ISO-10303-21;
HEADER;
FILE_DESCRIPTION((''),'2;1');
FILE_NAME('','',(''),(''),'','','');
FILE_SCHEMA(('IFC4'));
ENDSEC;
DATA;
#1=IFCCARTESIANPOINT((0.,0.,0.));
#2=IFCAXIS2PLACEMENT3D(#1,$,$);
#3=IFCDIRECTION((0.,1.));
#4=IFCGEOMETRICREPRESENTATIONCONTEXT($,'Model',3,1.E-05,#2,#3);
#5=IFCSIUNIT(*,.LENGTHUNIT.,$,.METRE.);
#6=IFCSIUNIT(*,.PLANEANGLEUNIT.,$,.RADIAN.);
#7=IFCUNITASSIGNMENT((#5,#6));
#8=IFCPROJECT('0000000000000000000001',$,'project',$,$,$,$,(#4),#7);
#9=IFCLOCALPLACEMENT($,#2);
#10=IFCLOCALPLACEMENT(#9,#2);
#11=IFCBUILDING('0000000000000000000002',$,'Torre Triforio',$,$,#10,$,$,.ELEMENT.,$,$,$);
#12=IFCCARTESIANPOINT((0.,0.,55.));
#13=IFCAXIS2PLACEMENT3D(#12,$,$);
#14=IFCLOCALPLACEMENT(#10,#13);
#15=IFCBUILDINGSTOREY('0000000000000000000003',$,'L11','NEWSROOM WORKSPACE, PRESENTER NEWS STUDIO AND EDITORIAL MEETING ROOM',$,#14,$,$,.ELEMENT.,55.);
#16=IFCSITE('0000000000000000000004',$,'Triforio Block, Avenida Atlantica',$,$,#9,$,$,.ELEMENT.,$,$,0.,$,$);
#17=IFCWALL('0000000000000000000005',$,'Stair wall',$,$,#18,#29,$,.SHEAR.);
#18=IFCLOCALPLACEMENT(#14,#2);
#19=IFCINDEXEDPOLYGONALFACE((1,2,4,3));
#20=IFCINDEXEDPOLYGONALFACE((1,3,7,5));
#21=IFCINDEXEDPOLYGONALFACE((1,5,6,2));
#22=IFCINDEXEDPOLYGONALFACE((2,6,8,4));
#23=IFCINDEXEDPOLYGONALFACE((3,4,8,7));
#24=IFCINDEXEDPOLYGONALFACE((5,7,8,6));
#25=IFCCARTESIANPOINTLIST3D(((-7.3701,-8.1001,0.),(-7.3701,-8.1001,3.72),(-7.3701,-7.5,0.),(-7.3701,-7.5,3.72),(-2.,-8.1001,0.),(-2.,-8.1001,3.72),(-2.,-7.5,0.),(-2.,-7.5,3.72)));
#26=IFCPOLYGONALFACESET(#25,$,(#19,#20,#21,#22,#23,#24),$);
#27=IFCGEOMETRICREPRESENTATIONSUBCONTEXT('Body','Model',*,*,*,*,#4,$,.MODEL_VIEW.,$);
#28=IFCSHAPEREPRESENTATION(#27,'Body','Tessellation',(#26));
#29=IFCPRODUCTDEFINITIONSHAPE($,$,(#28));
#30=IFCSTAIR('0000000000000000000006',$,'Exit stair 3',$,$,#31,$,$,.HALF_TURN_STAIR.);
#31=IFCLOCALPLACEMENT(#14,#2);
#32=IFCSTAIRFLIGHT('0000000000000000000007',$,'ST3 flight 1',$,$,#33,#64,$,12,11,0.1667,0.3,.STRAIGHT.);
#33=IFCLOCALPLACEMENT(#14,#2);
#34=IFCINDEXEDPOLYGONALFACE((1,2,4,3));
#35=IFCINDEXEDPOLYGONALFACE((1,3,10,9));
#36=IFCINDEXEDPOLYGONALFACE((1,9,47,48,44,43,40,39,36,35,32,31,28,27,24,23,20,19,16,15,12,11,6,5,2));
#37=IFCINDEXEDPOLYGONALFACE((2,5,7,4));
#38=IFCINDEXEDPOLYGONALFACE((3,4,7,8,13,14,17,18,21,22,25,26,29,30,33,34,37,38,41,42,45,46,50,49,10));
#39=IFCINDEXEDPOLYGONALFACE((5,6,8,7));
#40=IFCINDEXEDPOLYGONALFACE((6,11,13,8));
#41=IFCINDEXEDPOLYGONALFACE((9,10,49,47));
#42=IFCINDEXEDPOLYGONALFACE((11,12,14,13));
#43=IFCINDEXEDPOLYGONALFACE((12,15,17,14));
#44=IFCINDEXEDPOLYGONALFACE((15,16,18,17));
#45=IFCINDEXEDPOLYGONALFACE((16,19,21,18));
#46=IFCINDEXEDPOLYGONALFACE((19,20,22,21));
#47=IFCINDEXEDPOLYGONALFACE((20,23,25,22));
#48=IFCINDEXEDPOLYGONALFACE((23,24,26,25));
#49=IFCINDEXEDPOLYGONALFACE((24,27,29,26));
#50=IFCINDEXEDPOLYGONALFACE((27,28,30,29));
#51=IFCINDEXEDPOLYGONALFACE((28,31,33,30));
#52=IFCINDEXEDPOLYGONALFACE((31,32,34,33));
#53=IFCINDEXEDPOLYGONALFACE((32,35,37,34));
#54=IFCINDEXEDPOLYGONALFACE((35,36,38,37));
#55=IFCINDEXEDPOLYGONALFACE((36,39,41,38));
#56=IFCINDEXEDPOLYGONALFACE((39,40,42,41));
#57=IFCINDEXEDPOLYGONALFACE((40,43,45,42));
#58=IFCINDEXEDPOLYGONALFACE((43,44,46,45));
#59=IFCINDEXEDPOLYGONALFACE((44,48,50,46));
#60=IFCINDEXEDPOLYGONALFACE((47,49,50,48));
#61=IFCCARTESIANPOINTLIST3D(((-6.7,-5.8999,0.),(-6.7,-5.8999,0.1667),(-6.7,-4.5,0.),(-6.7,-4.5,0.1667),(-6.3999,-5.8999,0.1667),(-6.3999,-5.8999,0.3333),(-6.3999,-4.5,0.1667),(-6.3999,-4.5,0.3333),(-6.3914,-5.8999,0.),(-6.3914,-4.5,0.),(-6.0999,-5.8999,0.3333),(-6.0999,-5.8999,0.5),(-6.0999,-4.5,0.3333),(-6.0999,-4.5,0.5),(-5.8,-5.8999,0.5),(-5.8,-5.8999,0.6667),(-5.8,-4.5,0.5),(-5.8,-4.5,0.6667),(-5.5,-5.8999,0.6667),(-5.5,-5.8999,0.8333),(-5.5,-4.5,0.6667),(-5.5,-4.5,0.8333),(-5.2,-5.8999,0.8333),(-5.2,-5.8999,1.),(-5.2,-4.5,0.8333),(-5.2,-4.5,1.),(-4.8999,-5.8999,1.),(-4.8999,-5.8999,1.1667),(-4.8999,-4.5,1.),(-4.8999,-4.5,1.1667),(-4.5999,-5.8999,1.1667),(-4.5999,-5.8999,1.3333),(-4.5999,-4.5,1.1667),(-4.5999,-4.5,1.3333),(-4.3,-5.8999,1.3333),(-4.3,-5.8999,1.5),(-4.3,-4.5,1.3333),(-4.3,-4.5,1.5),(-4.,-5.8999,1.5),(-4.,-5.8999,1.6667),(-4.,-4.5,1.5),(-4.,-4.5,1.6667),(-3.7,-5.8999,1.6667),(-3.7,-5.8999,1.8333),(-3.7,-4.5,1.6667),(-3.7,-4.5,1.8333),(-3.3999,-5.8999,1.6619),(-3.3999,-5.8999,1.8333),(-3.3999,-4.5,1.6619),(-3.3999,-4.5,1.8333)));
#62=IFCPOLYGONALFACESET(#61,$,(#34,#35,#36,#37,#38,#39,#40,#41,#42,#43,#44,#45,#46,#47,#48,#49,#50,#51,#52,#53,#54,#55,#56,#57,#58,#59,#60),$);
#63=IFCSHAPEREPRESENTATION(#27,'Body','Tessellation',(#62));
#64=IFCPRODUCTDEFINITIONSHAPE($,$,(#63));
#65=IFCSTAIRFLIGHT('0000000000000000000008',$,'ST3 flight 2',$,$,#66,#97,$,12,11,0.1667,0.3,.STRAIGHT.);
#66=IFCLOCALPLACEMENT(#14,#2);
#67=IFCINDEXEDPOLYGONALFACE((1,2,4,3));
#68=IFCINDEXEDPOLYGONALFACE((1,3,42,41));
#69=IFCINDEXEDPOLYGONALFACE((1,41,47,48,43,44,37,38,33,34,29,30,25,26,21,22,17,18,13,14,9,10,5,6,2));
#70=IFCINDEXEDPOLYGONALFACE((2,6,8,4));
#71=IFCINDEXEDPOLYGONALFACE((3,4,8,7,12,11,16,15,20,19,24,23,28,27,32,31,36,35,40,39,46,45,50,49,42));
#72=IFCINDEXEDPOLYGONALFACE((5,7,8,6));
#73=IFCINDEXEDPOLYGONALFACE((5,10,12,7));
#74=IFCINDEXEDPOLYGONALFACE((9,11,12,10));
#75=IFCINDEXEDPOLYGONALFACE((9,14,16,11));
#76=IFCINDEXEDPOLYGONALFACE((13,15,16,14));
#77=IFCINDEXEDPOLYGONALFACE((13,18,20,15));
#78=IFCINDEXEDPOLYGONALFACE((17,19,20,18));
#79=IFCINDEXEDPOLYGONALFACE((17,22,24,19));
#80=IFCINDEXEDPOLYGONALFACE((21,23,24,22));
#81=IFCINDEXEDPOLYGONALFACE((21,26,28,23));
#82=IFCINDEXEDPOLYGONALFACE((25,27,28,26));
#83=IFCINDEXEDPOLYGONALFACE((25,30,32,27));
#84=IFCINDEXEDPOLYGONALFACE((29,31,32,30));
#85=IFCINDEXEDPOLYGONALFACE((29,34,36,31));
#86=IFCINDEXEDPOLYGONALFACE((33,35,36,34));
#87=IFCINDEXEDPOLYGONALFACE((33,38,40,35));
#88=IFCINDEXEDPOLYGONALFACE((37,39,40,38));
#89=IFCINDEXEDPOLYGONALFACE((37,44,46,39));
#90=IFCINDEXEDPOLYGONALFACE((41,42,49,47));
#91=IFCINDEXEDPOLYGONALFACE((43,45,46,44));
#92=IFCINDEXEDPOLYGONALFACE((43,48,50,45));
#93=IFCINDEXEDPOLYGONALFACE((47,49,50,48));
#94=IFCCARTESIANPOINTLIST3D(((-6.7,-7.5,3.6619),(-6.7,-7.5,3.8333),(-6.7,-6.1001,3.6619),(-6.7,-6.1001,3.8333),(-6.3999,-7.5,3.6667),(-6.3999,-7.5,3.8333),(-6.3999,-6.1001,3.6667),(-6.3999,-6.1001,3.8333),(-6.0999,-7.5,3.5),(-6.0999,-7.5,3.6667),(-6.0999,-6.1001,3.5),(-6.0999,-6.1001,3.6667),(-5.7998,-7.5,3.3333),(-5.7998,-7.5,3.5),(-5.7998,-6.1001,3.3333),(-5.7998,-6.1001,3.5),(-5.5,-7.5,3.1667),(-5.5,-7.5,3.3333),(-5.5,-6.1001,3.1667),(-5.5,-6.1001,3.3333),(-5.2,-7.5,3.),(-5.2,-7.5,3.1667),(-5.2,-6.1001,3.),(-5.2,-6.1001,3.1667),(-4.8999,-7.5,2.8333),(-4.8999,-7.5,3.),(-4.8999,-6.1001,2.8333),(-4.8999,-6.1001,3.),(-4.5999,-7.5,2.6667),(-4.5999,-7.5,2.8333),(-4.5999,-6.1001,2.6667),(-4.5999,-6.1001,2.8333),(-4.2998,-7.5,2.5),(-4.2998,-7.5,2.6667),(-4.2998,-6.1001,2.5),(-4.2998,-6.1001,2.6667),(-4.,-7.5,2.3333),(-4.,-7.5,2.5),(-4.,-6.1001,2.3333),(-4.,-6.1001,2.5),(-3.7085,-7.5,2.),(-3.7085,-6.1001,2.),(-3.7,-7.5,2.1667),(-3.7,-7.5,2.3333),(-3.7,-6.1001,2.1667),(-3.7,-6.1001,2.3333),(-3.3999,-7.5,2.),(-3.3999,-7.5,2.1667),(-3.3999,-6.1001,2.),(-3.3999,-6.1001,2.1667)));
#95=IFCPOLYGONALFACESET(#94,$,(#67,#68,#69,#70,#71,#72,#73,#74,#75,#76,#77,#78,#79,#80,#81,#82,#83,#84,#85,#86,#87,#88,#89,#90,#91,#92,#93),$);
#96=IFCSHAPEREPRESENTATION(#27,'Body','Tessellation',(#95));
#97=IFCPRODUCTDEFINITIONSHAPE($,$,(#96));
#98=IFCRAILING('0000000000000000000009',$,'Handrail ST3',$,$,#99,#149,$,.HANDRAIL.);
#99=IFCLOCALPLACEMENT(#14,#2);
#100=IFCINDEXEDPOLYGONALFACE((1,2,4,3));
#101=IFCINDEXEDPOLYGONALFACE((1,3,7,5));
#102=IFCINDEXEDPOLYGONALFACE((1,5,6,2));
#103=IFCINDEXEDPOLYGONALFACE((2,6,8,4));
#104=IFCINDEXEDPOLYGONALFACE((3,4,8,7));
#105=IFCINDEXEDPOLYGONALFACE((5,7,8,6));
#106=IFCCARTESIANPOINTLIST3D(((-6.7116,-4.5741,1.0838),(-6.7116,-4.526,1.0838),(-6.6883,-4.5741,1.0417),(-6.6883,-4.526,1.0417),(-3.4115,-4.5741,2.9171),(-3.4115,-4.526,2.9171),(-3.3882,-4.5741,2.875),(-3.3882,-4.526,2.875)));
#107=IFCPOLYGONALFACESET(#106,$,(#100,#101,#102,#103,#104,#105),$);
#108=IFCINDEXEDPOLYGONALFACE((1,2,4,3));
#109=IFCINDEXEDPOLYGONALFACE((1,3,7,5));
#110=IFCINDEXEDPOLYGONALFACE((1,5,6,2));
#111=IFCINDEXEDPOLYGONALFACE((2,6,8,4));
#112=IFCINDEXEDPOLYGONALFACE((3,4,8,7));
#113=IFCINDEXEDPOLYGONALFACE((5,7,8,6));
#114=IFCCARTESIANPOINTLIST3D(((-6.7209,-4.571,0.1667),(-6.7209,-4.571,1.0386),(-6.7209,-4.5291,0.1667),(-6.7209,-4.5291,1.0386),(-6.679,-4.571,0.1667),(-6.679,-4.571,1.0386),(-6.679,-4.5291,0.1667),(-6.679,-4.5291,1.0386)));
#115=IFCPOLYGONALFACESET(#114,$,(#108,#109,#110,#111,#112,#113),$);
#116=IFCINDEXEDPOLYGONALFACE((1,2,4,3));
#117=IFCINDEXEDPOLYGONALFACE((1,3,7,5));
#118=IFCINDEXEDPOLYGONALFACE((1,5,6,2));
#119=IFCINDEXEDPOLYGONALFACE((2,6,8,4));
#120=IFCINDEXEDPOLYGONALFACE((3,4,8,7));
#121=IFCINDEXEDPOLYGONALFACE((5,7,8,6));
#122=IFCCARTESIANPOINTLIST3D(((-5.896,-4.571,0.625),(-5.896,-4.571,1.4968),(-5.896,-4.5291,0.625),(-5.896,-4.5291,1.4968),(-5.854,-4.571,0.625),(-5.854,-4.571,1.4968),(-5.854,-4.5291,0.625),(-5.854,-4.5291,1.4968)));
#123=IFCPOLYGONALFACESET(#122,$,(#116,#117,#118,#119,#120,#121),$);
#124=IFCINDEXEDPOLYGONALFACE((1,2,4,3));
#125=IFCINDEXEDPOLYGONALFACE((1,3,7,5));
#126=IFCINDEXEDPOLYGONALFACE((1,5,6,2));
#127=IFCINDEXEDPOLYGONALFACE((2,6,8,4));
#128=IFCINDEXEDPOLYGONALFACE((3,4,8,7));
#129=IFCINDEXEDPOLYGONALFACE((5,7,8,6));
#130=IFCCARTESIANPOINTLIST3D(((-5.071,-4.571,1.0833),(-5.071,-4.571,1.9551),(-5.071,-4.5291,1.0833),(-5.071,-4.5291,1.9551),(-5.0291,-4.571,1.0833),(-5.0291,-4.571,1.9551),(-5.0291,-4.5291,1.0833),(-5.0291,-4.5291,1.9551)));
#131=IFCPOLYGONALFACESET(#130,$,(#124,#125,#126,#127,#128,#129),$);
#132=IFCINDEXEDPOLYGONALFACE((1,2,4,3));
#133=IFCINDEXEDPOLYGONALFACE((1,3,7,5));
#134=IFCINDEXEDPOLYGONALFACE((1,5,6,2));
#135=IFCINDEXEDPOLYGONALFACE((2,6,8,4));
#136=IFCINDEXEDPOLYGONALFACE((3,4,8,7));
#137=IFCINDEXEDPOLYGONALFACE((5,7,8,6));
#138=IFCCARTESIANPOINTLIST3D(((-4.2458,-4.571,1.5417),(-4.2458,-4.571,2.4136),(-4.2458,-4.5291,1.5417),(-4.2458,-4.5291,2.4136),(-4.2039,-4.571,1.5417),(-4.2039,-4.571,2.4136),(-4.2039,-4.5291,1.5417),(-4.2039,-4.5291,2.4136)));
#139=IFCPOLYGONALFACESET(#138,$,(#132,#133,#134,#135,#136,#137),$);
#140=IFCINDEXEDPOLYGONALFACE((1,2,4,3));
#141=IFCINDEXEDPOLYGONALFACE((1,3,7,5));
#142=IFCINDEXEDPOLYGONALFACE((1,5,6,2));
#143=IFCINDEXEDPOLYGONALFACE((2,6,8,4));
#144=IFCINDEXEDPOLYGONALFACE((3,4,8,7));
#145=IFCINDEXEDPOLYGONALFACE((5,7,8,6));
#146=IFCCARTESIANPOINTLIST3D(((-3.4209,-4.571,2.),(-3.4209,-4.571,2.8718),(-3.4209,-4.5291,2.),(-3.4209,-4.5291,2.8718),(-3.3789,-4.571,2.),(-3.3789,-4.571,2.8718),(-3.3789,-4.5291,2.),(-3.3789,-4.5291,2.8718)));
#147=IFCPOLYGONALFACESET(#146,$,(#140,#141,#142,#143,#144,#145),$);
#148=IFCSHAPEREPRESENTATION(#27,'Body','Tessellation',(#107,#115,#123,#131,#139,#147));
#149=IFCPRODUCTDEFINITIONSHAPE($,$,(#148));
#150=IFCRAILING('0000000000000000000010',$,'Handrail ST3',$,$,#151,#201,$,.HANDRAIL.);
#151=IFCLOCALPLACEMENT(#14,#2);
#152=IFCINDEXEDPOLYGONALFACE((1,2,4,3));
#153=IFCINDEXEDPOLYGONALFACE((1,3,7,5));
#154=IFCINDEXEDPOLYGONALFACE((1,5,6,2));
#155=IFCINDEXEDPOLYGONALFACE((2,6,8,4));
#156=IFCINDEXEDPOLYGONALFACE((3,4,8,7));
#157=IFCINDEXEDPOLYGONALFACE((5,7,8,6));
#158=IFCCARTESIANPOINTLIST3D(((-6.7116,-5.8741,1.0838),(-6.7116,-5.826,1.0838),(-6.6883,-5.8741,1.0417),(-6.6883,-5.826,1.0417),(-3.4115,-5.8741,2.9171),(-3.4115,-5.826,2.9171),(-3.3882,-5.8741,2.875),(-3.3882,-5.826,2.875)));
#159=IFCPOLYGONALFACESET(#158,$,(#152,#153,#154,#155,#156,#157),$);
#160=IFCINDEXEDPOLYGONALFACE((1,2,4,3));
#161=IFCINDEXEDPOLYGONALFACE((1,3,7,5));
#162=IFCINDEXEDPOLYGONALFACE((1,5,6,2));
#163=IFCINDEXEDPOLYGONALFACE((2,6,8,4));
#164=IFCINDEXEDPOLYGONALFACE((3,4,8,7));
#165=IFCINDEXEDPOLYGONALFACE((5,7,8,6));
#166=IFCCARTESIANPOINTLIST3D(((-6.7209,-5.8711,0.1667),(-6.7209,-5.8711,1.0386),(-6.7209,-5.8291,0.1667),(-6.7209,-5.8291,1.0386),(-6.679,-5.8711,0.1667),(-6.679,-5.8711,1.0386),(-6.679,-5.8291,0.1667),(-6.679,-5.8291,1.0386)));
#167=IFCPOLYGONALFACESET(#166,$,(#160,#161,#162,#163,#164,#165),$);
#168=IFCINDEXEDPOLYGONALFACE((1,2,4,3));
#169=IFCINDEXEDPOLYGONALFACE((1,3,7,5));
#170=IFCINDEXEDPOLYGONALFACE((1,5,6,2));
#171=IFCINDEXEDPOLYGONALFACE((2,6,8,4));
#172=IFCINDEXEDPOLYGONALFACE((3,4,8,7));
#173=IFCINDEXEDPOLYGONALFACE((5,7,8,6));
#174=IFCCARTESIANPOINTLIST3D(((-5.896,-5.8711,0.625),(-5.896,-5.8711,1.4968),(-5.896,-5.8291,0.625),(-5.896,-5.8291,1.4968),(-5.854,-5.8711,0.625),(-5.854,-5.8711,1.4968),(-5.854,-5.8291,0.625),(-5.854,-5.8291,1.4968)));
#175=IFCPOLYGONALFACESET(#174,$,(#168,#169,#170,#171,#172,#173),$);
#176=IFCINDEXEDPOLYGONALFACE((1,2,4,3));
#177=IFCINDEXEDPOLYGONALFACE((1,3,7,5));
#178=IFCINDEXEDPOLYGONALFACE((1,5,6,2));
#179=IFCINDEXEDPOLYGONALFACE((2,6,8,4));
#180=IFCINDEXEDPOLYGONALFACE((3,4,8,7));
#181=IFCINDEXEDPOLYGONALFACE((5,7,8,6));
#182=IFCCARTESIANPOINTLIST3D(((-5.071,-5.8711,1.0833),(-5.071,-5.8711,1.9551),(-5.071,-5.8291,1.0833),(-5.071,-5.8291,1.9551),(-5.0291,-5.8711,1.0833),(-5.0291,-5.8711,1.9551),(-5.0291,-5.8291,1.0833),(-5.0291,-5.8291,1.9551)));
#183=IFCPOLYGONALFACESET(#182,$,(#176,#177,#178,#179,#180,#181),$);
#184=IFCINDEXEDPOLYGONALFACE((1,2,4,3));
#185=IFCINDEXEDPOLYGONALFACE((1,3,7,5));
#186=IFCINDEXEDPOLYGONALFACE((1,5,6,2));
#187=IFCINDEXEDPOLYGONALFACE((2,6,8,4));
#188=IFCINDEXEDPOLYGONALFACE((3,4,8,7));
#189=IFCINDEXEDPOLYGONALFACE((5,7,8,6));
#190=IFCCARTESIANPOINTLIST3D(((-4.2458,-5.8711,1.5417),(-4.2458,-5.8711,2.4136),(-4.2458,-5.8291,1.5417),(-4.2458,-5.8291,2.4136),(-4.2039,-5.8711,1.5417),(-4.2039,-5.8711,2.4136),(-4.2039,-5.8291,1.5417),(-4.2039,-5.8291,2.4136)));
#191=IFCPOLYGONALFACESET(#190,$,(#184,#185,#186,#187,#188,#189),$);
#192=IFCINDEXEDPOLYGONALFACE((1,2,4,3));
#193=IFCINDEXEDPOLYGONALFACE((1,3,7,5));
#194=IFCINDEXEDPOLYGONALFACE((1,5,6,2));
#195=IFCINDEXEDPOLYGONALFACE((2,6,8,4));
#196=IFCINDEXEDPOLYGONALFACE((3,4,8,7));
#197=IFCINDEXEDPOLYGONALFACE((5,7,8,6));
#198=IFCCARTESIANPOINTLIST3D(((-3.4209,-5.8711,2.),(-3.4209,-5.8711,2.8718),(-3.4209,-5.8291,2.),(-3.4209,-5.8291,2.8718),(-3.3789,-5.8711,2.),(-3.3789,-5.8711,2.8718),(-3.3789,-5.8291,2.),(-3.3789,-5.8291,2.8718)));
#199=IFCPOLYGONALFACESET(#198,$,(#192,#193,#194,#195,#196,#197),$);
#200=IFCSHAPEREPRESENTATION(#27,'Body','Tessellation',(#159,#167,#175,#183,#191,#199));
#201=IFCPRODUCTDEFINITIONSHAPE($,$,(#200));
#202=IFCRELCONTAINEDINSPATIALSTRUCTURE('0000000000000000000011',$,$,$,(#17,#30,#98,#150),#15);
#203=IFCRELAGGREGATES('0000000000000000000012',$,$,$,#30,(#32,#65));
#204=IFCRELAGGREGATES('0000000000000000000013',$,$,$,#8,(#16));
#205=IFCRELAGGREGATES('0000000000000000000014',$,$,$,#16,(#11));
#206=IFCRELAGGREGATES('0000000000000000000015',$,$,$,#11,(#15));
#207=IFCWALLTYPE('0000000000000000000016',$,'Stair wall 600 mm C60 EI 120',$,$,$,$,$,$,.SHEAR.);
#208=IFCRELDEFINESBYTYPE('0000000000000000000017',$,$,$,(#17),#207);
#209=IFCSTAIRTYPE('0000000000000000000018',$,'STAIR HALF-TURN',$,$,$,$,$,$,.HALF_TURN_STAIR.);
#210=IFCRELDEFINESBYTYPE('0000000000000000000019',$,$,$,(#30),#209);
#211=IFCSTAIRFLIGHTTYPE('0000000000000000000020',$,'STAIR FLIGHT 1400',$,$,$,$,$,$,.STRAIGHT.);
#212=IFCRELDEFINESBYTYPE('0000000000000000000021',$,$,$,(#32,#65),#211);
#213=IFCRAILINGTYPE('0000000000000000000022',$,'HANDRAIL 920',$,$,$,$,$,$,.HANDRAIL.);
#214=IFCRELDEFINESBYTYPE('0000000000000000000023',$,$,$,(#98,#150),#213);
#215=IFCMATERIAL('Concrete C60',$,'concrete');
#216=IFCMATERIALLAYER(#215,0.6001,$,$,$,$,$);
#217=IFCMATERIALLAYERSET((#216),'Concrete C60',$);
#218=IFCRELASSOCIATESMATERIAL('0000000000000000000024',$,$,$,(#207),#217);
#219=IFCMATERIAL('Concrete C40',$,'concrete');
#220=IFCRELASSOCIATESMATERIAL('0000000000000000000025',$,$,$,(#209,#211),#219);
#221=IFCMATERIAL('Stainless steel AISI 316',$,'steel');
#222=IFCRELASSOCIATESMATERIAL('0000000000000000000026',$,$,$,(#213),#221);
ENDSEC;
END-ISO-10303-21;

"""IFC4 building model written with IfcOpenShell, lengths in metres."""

from ifc_helpers import new_model, si_unit, direction, frame, frame_2d, origin, origin_2d, place, context, subcontext, project, spatial, polyline, rectangle, outline, extrude, material, layer, layer_set, type_object, element, aggregate, save


model = new_model("IFC4")

# Units and contexts
model_context = context("Model", 3, precision=1e-05, world=origin(), true_north=direction((0.0, 1.0)))
body_context = subcontext(model_context, "Body", "Model", "MODEL_VIEW")
ifc_project = project(units=[si_unit("LENGTHUNIT", "METRE"), si_unit("PLANEANGLEUNIT", "RADIAN")], contexts=[model_context])

# Site, building, storey
site_placement = place(None, origin())
site = spatial("IfcSite", under=ifc_project, at=site_placement, Name="Triforio Block, Avenida Atlantica", CompositionType="ELEMENT", RefElevation=0.0)
building_placement = place(site_placement, origin())
building = spatial("IfcBuilding", under=site, at=building_placement, Name="Torre Triforio", CompositionType="ELEMENT")
storey_placement = place(building_placement, frame((0.0, 0.0, 55.0)))
storey = spatial("IfcBuildingStorey", under=building, at=storey_placement, Name="L11", Description="NEWSROOM WORKSPACE, PRESENTER NEWS STUDIO AND EDITORIAL MEETING ROOM", CompositionType="ELEMENT", Elevation=55.0)

# Shared definitions
ifc_material_1 = material(Name="Concrete C60", Category="concrete")

# Wall
ifc_layer_1 = layer(ifc_material_1, 0.6001)
ifc_layer_set_1 = layer_set([ifc_layer_1], Name="Concrete C60")
wall_type_1 = type_object("IfcWallType", Name="Stair wall 600 mm C60 EI 120", PredefinedType="SHEAR", material=ifc_layer_set_1)
wall_1_placement = place(storey_placement, frame((-7.3701, -7.8, 0.0), z_axis=(0.0, 0.0, 1.0), x_axis=(1.0, 0.0, 0.0)))
element("IfcWall", 1, at=wall_1_placement, inside=storey, type_object=wall_type_1, Name="Stair wall", PredefinedType="SHEAR", context=body_context, shape_type="SweptSolid", body=[
    extrude(rectangle(XDim=5.3701, YDim=0.6001, at=frame_2d((2.6851, 0.0))), origin(), (0.0, 0.0, 1.0), 3.72),
])

# Stair, stair flights
ifc_material_2 = material(Name="Concrete C40", Category="concrete")
stair_type = type_object("IfcStairType", Name="STAIR HALF-TURN", PredefinedType="HALF_TURN_STAIR", material=ifc_material_2)
stair_placement = place(storey_placement, origin())
stair = element("IfcStair", 2, at=stair_placement, inside=storey, type_object=stair_type, Name="Exit stair 3", PredefinedType="HALF_TURN_STAIR")
stair_flight_type = type_object("IfcStairFlightType", Name="STAIR FLIGHT 1400", PredefinedType="STRAIGHT", material=ifc_material_2)
stair_flight_1_placement = place(storey_placement, frame((-6.7, -5.2, 0.0), z_axis=(0.0, 0.0, 1.0), x_axis=(1.0, 0.0, 0.0)))
stair_flight_1 = element("IfcStairFlight", 3, at=stair_flight_1_placement, type_object=stair_flight_type, Name="ST3 flight 1", NumberOfRisers=12, NumberOfTreads=11, PredefinedType="STRAIGHT", RiserHeight=0.1667, TreadLength=0.3, context=body_context, shape_type="SweptSolid", body=[
    extrude(outline(polyline([(0.0, 0.0), (0.0, 0.1667), (0.3, 0.1667), (0.3, 0.3333), (0.6001, 0.3333), (0.6001, 0.5), (0.8999, 0.5), (0.8999, 0.6667), (1.2, 0.6667), (1.2, 0.8333), (1.5, 0.8333), (1.5, 1.0), (1.8, 1.0), (1.8, 1.1667), (2.1001, 1.1667), (2.1001, 1.3333), (2.3999, 1.3333), (2.3999, 1.5), (2.7, 1.5), (2.7, 1.6667), (3.0, 1.6667), (3.0, 1.8333), (3.3, 1.8333), (3.3, 2.0), (3.3, 1.6619), (0.3086, 0.0), (0.0, 0.0)])), frame((0.0, 0.7, 0.0), z_axis=(0.0, -1.0, 0.0), x_axis=(1.0, 0.0, 0.0)), (0.0, 0.0, 1.0), 1.3999),
])
stair_flight_2_placement = place(storey_placement, frame((-3.3999, -6.8, 2.0), z_axis=(0.0, 0.0, 1.0), x_axis=(-1.0, 0.0, 0.0)))
stair_flight_2 = element("IfcStairFlight", 4, at=stair_flight_2_placement, type_object=stair_flight_type, Name="ST3 flight 2", NumberOfRisers=12, NumberOfTreads=11, PredefinedType="STRAIGHT", RiserHeight=0.1667, TreadLength=0.3, context=body_context, shape_type="SweptSolid", body=[
    extrude(outline(polyline([(0.0, 0.0), (0.0, 0.1667), (0.3, 0.1667), (0.3, 0.3333), (0.6001, 0.3333), (0.6001, 0.5), (0.8999, 0.5), (0.8999, 0.6667), (1.2, 0.6667), (1.2, 0.8333), (1.5, 0.8333), (1.5, 1.0), (1.8, 1.0), (1.8, 1.1667), (2.1001, 1.1667), (2.1001, 1.3333), (2.3999, 1.3333), (2.3999, 1.5), (2.7, 1.5), (2.7, 1.6667), (3.0, 1.6667), (3.0, 1.8333), (3.3, 1.8333), (3.3, 2.0), (3.3, 1.6619), (0.3086, 0.0), (0.0, 0.0)])), frame((0.0, 0.7, 0.0), z_axis=(0.0, -1.0, 0.0), x_axis=(1.0, 0.0, 0.0)), (0.0, 0.0, 1.0), 1.3999),
])
aggregate(stair, [stair_flight_1, stair_flight_2])

# Railings
ifc_material_3 = material(Name="Stainless steel AISI 316", Category="steel")
railing_type = type_object("IfcRailingType", Name="HANDRAIL 920", PredefinedType="HANDRAIL", material=ifc_material_3)
for number, where, name in (
    (5, (-6.7, -4.55, 0.1667), "Handrail ST3"),
    (6, (-6.7, -5.8501, 0.1667), "Handrail ST3"),
):
    element("IfcRailing", number, at=place(storey_placement, frame(where)), inside=storey, type_object=railing_type, Name=name, PredefinedType="HANDRAIL", context=body_context, shape_type="SweptSolid", body=[
        extrude(rectangle(XDim=0.0481, YDim=0.0481, at=origin_2d()), frame((0.0, 0.0, 0.896), z_axis=(0.874169, 0.0, 0.485621), x_axis=(0.0, 1.0, 0.0)), (0.0, 0.0, 1.0), 3.7751),
        extrude(rectangle(XDim=0.042, YDim=0.042, at=origin_2d()), origin(), (0.0, 0.0, 1.0), 0.8718),
        extrude(rectangle(XDim=0.042, YDim=0.042, at=origin_2d()), frame((0.825, 0.0, 0.4583)), (0.0, 0.0, 1.0), 0.8718),
        extrude(rectangle(XDim=0.042, YDim=0.042, at=origin_2d()), frame((1.6499, 0.0, 0.9165)), (0.0, 0.0, 1.0), 0.8718),
        extrude(rectangle(XDim=0.042, YDim=0.042, at=origin_2d()), frame((2.4751, 0.0, 1.375)), (0.0, 0.0, 1.0), 0.8718),
        extrude(rectangle(XDim=0.042, YDim=0.042, at=origin_2d()), frame((3.3, 0.0, 1.8333)), (0.0, 0.0, 1.0), 0.8718),
    ])

save(model, "model.ifc")
